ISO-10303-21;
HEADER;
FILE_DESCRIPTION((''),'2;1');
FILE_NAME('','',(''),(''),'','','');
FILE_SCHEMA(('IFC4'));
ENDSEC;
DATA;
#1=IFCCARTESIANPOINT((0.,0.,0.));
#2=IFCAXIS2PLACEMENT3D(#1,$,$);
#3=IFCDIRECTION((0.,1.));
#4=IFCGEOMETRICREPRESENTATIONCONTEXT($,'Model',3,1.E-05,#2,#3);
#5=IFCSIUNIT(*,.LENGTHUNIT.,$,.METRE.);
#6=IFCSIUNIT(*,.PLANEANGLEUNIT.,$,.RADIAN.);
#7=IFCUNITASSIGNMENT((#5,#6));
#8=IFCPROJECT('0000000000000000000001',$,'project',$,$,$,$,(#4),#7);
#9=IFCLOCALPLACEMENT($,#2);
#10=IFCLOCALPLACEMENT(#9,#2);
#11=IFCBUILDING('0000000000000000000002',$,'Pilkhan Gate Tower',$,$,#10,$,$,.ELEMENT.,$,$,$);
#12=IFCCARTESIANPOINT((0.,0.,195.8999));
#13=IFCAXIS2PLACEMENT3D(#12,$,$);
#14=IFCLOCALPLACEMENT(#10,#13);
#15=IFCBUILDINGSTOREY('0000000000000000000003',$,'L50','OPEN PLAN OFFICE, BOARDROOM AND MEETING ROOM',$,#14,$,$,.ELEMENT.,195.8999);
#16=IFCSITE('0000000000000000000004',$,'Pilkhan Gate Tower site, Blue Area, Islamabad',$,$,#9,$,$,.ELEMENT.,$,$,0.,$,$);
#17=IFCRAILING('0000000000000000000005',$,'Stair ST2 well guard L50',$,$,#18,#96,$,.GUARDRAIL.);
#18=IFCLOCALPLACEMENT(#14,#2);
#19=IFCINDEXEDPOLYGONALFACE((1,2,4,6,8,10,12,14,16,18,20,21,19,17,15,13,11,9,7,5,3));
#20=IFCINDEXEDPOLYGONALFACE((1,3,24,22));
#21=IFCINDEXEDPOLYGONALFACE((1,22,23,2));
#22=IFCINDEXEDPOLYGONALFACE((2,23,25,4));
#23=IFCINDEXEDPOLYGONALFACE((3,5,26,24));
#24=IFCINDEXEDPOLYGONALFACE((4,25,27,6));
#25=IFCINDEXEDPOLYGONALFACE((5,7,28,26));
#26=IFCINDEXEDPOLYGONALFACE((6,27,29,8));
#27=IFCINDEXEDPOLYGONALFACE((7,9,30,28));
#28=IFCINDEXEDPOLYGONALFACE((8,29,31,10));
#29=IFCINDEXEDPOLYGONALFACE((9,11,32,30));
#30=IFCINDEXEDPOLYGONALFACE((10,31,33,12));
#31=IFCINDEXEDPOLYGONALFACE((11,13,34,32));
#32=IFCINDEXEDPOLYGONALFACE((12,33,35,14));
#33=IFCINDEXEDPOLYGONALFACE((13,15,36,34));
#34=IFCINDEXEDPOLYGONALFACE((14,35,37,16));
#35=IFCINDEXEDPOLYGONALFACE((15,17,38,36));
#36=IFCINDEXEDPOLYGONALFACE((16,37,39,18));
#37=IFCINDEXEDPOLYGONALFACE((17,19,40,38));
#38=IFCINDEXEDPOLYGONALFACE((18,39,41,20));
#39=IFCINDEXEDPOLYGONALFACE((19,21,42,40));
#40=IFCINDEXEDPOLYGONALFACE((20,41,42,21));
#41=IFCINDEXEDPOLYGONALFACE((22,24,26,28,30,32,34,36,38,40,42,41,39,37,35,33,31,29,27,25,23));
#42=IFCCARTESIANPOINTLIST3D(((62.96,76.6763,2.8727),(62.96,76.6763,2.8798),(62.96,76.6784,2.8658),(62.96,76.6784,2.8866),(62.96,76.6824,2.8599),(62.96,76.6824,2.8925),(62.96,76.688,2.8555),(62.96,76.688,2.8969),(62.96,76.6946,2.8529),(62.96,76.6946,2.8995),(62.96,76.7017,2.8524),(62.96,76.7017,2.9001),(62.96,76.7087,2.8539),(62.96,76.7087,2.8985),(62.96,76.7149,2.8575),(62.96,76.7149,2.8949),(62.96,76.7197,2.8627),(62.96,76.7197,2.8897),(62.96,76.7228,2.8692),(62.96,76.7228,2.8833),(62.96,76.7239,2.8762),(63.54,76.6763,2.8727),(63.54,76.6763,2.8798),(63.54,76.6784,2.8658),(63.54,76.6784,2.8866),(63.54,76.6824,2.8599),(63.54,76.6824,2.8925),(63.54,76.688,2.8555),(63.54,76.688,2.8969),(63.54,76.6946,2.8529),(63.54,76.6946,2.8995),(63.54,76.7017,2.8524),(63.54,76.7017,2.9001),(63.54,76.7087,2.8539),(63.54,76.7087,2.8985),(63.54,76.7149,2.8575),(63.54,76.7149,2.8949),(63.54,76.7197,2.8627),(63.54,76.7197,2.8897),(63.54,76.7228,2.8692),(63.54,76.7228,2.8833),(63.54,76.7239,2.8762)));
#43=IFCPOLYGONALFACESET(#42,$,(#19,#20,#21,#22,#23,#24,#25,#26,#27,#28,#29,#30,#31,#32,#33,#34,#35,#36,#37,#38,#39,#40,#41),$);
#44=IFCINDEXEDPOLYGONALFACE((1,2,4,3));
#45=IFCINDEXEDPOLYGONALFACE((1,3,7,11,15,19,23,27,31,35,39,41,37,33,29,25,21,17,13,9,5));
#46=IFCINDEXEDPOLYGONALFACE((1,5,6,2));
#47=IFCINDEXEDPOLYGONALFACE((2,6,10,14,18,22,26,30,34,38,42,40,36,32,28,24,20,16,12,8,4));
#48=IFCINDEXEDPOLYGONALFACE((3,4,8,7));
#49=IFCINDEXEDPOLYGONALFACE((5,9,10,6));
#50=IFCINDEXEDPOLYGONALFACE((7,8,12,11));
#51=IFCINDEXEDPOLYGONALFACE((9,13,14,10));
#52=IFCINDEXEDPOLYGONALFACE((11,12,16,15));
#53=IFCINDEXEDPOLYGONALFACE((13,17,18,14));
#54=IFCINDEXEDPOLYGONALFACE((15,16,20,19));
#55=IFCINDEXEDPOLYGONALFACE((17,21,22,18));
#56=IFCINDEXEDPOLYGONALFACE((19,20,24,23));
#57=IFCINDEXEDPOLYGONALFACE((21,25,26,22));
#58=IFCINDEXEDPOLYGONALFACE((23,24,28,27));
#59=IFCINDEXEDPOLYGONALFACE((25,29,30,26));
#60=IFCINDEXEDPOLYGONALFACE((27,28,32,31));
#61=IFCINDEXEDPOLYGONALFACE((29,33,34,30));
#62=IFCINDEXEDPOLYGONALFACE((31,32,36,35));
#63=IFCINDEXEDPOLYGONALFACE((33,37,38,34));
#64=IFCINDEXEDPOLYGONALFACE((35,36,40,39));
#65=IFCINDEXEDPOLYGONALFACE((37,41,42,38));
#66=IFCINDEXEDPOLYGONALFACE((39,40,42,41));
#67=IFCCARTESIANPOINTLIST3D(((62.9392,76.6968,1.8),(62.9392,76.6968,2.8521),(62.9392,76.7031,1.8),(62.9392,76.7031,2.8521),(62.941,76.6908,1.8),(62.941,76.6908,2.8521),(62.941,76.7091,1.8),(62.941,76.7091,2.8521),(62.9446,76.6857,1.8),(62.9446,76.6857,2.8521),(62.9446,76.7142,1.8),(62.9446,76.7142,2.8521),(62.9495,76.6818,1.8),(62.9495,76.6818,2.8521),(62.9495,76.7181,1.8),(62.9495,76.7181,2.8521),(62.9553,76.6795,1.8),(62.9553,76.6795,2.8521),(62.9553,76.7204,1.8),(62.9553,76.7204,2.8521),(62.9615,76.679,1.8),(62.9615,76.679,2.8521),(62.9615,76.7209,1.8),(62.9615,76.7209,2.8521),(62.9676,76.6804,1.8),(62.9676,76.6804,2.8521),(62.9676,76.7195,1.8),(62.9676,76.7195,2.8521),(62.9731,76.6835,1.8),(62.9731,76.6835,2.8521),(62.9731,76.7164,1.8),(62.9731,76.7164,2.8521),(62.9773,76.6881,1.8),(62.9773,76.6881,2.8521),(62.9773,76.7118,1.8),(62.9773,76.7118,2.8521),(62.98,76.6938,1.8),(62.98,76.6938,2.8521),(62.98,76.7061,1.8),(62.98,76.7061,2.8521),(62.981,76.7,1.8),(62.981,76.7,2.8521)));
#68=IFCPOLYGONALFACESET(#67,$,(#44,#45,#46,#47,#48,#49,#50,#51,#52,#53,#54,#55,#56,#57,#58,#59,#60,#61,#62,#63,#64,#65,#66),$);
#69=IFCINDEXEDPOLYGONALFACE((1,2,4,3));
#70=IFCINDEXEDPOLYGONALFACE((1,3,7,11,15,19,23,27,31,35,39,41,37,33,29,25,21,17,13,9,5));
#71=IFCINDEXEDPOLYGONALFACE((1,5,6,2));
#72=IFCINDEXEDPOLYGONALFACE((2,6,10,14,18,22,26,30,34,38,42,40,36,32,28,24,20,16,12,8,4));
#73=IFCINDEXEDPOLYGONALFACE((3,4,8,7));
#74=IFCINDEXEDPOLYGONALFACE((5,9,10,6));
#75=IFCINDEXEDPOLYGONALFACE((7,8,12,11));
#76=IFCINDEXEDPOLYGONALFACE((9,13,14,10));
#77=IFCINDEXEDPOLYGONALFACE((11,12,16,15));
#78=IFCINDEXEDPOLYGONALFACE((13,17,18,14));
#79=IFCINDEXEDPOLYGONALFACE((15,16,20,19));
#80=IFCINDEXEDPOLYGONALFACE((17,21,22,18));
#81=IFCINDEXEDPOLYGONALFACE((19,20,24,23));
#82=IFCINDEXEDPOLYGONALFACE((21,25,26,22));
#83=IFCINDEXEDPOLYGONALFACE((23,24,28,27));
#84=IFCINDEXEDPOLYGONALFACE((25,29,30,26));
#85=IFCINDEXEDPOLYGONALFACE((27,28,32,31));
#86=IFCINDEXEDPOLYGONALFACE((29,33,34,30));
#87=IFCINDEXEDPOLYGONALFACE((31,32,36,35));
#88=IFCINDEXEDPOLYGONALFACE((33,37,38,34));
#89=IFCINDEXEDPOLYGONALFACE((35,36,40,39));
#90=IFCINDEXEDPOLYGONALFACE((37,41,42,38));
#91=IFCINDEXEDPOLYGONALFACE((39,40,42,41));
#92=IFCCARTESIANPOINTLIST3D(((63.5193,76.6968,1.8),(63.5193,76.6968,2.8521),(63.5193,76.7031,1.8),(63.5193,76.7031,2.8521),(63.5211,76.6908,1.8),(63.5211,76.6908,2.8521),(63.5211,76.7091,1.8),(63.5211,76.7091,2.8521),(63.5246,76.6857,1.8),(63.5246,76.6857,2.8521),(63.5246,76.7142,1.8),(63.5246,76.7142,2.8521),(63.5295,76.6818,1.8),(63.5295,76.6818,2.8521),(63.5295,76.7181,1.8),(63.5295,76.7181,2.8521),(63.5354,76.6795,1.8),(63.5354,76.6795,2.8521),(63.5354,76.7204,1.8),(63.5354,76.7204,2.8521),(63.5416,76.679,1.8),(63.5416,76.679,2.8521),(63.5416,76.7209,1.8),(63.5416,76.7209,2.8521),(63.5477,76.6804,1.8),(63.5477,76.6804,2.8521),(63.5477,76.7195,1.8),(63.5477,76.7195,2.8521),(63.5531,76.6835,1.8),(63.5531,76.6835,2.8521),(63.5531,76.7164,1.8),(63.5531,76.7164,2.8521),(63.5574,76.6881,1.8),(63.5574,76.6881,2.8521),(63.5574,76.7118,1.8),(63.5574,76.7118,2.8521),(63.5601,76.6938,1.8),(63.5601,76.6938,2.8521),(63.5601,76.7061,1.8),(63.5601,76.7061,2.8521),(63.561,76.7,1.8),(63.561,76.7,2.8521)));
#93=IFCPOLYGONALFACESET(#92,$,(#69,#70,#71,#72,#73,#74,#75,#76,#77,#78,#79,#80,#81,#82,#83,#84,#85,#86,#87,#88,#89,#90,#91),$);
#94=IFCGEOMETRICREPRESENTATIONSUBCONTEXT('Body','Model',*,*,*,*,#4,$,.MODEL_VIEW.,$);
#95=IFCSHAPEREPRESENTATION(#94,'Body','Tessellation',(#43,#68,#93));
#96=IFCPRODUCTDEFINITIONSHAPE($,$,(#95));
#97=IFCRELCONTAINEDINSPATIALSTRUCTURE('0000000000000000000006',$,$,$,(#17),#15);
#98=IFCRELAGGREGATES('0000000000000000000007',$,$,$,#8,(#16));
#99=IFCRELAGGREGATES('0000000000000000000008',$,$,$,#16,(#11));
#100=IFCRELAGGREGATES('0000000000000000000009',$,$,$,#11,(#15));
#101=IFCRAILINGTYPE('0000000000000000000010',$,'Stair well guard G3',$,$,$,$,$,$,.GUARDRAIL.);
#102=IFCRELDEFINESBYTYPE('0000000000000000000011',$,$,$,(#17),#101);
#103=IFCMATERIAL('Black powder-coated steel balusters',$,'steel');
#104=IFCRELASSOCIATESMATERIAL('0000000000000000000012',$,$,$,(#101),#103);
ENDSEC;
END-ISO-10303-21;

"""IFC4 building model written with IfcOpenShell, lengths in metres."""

from ifc_helpers import new_model, si_unit, direction, frame, origin, origin_2d, place, context, subcontext, project, spatial, circle, extrude, material, type_object, element, save


model = new_model("IFC4")

# Units and contexts
model_context = context("Model", 3, precision=1e-05, world=origin(), true_north=direction((0.0, 1.0)))
body_context = subcontext(model_context, "Body", "Model", "MODEL_VIEW")
ifc_project = project(units=[si_unit("LENGTHUNIT", "METRE"), si_unit("PLANEANGLEUNIT", "RADIAN")], contexts=[model_context])

# Site, building, storey
site_placement = place(None, origin())
site = spatial("IfcSite", under=ifc_project, at=site_placement, Name="Pilkhan Gate Tower site, Blue Area, Islamabad", CompositionType="ELEMENT", RefElevation=0.0)
building_placement = place(site_placement, origin())
building = spatial("IfcBuilding", under=site, at=building_placement, Name="Pilkhan Gate Tower", CompositionType="ELEMENT")
storey_placement = place(building_placement, frame((0.0, 0.0, 195.8999)))
storey = spatial("IfcBuildingStorey", under=building, at=storey_placement, Name="L50", Description="OPEN PLAN OFFICE, BOARDROOM AND MEETING ROOM", CompositionType="ELEMENT", Elevation=195.8999)

# Railing
ifc_material_1 = material(Name="Black powder-coated steel balusters", Category="steel")
railing_type_1 = type_object("IfcRailingType", Name="Stair well guard G3", PredefinedType="GUARDRAIL", material=ifc_material_1)
for number, where, name in (
    (1, (62.96, 76.7, 1.8), "Stair ST2 well guard L50"),
):
    element("IfcRailing", number, at=place(storey_placement, frame(where)), inside=storey, type_object=railing_type_1, Name=name, PredefinedType="GUARDRAIL", context=body_context, shape_type="SweptSolid", body=[
        extrude(circle(Radius=0.0239, at=origin_2d()), frame((0.0, 0.0, 1.0762), z_axis=(1.0, 0.0, 0.0), x_axis=(0.0, 1.0, 0.0)), (0.0, 0.0, 1.0), 0.5801),
        extrude(circle(Radius=0.021, at=origin_2d()), origin(), (0.0, 0.0, 1.0), 1.052),
        extrude(circle(Radius=0.021, at=origin_2d()), frame((0.5801, 0.0, 0.0)), (0.0, 0.0, 1.0), 1.052),
    ])

save(model, "model.ifc")
